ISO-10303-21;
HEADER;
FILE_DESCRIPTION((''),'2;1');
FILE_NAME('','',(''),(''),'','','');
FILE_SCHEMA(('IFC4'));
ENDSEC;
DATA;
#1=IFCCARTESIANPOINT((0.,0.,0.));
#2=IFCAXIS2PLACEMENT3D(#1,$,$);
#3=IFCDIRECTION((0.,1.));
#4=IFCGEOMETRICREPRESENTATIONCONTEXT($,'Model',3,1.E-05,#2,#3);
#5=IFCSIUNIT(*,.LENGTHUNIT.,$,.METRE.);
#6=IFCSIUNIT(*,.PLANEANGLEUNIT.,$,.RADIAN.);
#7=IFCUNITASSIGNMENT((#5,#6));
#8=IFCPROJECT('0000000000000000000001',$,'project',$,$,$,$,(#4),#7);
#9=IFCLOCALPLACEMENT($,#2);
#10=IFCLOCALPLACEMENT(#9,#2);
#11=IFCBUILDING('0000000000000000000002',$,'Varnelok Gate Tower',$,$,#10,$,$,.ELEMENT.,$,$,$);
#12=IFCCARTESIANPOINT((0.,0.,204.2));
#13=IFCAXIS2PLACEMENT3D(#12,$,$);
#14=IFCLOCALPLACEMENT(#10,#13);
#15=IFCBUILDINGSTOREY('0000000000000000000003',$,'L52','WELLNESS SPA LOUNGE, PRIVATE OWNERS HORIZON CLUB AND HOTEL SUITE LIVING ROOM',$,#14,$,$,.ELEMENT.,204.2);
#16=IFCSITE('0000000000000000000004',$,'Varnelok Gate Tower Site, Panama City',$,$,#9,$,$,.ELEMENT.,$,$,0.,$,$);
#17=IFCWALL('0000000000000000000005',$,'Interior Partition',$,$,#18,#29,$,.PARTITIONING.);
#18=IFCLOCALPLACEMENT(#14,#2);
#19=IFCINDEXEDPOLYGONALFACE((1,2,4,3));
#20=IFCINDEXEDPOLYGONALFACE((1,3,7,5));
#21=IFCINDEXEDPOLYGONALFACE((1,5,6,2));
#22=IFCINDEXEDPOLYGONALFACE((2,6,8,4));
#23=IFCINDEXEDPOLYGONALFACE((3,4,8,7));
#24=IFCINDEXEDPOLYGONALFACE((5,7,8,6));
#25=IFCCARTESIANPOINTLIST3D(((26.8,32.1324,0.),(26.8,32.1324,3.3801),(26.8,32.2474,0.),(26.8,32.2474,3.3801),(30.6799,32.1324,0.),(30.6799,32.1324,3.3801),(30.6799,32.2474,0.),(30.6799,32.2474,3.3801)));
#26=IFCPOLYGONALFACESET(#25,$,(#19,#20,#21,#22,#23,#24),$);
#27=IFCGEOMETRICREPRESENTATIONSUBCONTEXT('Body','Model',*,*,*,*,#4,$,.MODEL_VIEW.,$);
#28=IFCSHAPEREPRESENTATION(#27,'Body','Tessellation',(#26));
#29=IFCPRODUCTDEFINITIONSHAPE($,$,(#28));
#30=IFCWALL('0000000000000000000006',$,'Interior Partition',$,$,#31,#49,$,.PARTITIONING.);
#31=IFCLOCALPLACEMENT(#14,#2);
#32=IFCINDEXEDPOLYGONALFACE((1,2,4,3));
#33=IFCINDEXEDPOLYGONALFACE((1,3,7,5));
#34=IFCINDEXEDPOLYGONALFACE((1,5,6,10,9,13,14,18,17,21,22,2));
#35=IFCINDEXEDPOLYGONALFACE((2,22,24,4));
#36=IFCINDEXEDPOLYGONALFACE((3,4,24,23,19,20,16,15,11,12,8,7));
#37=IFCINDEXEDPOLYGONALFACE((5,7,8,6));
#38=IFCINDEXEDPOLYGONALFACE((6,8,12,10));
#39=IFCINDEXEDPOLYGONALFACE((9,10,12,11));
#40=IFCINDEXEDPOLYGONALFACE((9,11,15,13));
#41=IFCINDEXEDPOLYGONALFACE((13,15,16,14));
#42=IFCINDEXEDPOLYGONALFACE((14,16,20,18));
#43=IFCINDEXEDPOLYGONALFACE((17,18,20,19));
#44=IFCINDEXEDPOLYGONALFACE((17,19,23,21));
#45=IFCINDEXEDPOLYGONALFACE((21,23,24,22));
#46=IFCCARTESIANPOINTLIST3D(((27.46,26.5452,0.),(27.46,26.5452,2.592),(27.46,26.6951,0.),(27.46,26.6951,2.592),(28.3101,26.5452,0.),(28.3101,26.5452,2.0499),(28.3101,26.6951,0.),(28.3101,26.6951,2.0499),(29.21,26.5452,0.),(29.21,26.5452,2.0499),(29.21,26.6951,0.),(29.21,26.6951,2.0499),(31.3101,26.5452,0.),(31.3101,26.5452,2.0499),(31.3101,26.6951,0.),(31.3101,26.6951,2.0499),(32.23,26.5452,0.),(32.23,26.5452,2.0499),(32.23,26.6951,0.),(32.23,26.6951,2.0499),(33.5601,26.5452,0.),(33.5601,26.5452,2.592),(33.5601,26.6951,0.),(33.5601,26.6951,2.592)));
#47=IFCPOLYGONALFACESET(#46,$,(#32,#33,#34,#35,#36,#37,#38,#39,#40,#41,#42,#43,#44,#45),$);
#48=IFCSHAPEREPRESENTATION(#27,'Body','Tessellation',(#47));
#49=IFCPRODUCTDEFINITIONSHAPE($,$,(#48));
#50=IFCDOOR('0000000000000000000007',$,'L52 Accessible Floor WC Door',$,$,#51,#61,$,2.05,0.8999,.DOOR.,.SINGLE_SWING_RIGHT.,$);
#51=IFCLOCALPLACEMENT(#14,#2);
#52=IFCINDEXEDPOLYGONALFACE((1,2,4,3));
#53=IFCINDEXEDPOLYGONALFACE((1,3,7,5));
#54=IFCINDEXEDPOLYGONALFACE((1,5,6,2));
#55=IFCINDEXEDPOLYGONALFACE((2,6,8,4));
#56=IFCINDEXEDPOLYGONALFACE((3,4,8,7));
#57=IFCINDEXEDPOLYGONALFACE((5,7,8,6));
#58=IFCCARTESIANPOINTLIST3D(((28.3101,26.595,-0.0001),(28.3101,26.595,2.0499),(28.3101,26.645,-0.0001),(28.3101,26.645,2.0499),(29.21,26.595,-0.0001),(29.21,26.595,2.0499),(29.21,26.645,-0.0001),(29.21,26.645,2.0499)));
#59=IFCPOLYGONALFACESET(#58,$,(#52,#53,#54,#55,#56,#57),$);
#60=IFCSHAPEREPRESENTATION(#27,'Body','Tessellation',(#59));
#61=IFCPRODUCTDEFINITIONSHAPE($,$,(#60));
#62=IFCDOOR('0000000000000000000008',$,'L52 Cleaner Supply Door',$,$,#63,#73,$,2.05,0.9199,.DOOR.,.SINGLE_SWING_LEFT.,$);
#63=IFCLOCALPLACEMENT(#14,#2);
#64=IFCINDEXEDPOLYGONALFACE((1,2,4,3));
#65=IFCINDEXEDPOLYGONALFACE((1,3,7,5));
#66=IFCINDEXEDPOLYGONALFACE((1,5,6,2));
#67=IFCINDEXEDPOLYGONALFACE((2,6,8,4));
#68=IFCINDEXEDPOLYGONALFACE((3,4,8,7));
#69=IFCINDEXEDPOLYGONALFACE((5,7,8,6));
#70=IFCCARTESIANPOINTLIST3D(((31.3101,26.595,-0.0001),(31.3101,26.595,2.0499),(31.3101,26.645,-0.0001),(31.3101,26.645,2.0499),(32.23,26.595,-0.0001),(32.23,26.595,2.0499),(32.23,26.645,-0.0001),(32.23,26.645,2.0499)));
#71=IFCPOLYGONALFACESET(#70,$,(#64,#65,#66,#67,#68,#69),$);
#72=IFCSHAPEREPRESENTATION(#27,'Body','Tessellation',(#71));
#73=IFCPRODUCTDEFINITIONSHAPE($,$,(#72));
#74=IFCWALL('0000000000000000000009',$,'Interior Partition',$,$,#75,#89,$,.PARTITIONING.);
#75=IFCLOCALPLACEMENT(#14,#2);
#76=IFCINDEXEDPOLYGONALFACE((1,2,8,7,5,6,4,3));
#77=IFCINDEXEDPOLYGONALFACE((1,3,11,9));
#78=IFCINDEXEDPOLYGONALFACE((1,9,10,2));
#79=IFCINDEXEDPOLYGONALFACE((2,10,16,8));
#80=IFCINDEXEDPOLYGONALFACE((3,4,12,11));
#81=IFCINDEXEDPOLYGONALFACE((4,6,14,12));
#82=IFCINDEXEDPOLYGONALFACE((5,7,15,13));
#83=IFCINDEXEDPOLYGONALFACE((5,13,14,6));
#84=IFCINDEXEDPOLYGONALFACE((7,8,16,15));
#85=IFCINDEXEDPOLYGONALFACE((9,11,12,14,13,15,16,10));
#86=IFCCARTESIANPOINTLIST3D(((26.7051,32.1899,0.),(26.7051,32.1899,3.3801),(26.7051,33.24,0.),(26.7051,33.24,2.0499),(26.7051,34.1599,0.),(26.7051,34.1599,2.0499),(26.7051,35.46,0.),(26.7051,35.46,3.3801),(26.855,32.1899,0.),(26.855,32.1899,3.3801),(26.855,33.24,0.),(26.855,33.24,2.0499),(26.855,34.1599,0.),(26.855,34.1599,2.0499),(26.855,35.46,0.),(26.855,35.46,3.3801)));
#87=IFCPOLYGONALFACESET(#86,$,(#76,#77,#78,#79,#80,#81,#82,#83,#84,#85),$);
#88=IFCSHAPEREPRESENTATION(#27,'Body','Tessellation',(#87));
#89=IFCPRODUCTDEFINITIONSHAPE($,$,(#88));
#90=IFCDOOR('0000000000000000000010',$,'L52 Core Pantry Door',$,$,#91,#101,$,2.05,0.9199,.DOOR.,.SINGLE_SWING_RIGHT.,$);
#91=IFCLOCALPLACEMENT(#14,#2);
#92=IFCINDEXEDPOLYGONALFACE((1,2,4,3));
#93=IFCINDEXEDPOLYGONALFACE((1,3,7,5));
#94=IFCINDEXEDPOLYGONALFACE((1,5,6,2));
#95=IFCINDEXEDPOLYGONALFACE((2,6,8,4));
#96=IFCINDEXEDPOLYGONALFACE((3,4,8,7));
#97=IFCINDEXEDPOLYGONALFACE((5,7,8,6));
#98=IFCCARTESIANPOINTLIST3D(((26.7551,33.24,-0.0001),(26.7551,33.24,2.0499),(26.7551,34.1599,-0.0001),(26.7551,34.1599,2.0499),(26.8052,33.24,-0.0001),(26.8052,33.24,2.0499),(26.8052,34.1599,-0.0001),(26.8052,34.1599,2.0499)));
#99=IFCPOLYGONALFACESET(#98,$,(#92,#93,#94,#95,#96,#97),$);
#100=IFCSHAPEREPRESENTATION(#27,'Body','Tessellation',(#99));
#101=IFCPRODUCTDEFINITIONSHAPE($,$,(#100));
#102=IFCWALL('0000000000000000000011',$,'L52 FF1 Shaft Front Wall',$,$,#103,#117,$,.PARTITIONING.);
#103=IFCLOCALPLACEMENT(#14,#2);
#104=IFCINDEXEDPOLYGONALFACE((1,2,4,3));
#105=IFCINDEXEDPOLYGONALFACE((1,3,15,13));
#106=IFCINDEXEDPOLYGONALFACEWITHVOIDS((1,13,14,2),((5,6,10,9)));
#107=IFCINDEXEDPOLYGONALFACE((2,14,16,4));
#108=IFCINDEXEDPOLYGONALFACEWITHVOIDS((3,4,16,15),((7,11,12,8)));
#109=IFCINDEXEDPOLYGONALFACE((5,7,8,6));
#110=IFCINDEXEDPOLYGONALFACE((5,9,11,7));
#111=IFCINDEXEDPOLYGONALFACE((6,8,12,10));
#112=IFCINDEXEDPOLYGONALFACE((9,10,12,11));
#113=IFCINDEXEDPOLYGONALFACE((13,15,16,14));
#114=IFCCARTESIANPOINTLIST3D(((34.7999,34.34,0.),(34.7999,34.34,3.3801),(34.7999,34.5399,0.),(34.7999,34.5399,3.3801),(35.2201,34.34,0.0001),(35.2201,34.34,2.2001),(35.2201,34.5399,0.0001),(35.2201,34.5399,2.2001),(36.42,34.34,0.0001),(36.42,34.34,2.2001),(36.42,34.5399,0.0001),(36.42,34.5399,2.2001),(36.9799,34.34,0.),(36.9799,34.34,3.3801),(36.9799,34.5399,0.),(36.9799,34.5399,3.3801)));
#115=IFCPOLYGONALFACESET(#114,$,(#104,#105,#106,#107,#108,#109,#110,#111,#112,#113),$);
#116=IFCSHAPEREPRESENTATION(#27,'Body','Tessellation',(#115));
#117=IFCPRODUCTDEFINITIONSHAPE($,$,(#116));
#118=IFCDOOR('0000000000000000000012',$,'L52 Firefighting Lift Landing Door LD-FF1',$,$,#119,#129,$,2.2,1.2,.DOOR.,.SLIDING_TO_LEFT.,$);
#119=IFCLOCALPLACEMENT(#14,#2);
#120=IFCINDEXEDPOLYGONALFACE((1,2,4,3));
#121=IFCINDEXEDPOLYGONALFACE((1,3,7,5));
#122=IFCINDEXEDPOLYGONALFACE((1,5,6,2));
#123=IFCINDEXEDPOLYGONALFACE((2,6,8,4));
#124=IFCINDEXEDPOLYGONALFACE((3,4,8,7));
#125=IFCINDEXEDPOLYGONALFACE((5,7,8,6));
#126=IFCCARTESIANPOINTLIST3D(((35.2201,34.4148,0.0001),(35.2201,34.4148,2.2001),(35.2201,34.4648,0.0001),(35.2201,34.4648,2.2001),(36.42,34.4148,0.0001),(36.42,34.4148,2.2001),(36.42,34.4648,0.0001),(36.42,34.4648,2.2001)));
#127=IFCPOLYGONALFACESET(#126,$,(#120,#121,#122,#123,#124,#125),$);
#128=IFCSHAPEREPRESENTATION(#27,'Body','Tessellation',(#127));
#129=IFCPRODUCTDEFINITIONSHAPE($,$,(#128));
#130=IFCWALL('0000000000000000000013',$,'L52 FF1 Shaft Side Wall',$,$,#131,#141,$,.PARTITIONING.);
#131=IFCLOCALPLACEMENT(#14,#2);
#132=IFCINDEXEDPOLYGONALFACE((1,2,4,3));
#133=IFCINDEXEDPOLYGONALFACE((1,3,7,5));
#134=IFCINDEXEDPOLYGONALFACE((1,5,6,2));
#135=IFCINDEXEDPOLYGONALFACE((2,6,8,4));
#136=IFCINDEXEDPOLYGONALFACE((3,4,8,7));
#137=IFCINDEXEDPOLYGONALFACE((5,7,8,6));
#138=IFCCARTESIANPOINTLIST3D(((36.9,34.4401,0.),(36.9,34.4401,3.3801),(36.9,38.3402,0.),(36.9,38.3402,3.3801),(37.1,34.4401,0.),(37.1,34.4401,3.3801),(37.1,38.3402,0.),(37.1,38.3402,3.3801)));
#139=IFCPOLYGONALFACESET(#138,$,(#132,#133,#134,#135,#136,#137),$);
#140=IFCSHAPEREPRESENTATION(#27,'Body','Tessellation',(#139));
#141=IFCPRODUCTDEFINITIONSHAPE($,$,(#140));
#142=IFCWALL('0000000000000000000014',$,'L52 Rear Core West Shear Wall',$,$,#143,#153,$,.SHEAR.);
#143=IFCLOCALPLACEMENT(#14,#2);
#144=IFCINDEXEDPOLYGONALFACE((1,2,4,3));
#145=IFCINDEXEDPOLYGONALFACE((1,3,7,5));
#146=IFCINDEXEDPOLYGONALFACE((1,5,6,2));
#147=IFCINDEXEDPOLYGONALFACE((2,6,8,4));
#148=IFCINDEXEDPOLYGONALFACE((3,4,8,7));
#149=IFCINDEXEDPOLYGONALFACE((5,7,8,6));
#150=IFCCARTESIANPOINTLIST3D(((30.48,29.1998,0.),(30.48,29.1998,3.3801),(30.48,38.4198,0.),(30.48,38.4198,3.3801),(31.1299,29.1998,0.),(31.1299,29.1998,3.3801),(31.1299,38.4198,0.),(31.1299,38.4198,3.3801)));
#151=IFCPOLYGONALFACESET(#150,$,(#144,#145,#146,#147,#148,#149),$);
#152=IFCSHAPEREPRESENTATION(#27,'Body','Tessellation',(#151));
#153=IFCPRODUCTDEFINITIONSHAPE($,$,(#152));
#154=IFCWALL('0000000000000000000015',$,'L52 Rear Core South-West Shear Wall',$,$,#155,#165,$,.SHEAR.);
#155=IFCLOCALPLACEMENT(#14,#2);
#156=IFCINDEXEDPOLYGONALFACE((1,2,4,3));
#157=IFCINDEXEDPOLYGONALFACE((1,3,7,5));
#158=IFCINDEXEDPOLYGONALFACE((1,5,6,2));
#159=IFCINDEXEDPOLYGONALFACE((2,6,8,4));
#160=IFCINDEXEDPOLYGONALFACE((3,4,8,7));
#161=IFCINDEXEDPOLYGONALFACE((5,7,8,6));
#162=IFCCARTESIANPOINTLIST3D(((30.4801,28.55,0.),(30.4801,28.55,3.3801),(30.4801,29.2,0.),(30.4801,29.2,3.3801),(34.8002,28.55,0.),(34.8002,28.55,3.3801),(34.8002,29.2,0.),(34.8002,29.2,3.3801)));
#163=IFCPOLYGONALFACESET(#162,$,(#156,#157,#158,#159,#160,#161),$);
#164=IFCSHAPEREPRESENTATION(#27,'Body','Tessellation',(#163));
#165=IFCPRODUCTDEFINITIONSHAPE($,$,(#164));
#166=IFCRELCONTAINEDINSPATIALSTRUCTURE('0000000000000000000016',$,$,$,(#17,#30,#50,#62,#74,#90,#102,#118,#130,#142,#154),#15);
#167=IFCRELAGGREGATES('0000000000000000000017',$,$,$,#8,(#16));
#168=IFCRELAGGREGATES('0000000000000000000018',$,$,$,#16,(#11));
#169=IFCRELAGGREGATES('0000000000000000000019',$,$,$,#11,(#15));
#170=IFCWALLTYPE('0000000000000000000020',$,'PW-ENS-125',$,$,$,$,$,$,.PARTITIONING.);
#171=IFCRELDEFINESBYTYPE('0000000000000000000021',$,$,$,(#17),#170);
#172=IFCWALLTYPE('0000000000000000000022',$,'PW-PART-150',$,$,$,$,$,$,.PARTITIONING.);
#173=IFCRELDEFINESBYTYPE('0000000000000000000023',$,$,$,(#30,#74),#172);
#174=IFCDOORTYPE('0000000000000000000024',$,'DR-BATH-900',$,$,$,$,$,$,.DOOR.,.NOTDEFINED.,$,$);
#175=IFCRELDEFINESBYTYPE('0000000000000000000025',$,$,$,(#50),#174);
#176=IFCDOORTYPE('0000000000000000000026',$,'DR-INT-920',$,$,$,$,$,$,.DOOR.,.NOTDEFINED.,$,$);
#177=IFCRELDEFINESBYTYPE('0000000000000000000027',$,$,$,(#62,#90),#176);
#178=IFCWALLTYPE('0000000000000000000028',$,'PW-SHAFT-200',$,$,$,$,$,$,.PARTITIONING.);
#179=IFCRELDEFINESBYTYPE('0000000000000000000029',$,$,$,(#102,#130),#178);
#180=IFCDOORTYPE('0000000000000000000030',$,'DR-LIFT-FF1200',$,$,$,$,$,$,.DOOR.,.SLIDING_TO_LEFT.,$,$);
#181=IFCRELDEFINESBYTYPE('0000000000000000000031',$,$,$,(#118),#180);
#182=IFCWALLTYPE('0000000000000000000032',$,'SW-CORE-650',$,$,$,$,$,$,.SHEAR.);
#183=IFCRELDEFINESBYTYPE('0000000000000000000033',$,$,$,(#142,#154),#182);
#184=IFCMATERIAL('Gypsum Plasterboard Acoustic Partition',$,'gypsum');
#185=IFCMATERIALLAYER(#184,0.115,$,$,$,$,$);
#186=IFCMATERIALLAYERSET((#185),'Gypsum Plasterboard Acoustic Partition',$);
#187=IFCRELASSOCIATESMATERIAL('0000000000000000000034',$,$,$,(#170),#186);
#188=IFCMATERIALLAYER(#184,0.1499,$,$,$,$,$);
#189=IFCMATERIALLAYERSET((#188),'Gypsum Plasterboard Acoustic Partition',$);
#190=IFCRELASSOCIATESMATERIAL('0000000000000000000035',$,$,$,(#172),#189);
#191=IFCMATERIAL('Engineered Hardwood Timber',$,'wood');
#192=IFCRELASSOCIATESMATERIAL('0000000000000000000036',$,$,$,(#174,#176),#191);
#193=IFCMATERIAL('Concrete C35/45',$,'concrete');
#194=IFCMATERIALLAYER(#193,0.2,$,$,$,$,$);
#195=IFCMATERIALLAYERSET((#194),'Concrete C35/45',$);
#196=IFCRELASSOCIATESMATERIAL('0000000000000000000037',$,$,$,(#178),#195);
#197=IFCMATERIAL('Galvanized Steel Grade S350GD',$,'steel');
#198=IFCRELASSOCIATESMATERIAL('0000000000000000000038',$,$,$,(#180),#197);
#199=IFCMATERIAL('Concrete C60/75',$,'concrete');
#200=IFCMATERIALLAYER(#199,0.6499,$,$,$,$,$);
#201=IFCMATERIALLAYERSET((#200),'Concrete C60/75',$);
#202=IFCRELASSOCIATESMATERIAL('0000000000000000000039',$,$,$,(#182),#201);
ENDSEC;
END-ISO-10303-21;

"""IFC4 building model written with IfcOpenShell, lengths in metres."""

from ifc_helpers import new_model, si_unit, direction, frame, frame_2d, origin, place, context, subcontext, project, spatial, rectangle, extrude, material, layer, layer_set, type_object, element, fill, save


model = new_model("IFC4")

# Units and contexts
model_context = context("Model", 3, precision=1e-05, world=origin(), true_north=direction((0.0, 1.0)))
body_context = subcontext(model_context, "Body", "Model", "MODEL_VIEW")
ifc_project = project(units=[si_unit("LENGTHUNIT", "METRE"), si_unit("PLANEANGLEUNIT", "RADIAN")], contexts=[model_context])

# Site, building, storey
site_placement = place(None, origin())
site = spatial("IfcSite", under=ifc_project, at=site_placement, Name="Varnelok Gate Tower Site, Panama City", CompositionType="ELEMENT", RefElevation=0.0)
building_placement = place(site_placement, origin())
building = spatial("IfcBuilding", under=site, at=building_placement, Name="Varnelok Gate Tower", CompositionType="ELEMENT")
storey_placement = place(building_placement, frame((0.0, 0.0, 204.2)))
storey = spatial("IfcBuildingStorey", under=building, at=storey_placement, Name="L52", Description="WELLNESS SPA LOUNGE, PRIVATE OWNERS HORIZON CLUB AND HOTEL SUITE LIVING ROOM", CompositionType="ELEMENT", Elevation=204.2)

# Shared definitions
ifc_material_1 = material(Name="Concrete C60/75", Category="concrete")

# Wall
ifc_material_2 = material(Name="Gypsum Plasterboard Acoustic Partition", Category="gypsum")
ifc_layer_1 = layer(ifc_material_2, 0.115)
ifc_layer_set_1 = layer_set([ifc_layer_1], Name="Gypsum Plasterboard Acoustic Partition")
wall_type_1 = type_object("IfcWallType", Name="PW-ENS-125", PredefinedType="PARTITIONING", material=ifc_layer_set_1)
wall_1_placement = place(storey_placement, frame((26.8, 32.1899, 0.0), z_axis=(0.0, 0.0, 1.0), x_axis=(1.0, 0.0, 0.0)))
element("IfcWall", 1, at=wall_1_placement, inside=storey, type_object=wall_type_1, Name="Interior Partition", PredefinedType="PARTITIONING", context=body_context, shape_type="SweptSolid", body=[
    extrude(rectangle(XDim=3.8799, YDim=0.115, at=frame_2d((1.9399, 0.0))), origin(), (0.0, 0.0, 1.0), 3.3801),
])

# Wall, openings, doors
ifc_layer_2 = layer(ifc_material_2, 0.1499)
ifc_layer_set_2 = layer_set([ifc_layer_2], Name="Gypsum Plasterboard Acoustic Partition")
wall_type_2 = type_object("IfcWallType", Name="PW-PART-150", PredefinedType="PARTITIONING", material=ifc_layer_set_2)
wall_2_placement = place(storey_placement, frame((27.46, 26.6201, 0.0), z_axis=(0.0, 0.0, 1.0), x_axis=(1.0, 0.0, 0.0)))
wall_2 = element("IfcWall", 2, at=wall_2_placement, inside=storey, type_object=wall_type_2, Name="Interior Partition", PredefinedType="PARTITIONING", context=body_context, shape_type="SweptSolid", body=[
    extrude(rectangle(XDim=6.1001, YDim=0.1499, at=frame_2d((3.05, 0.0))), origin(), (0.0, 0.0, 1.0), 2.592),
])
opening_1_placement = place(wall_2_placement, frame((0.8501, 0.0, 0.0)))
opening_1 = element("IfcOpeningElement", 3, at=opening_1_placement, cuts=wall_2, PredefinedType="OPENING", context=body_context, shape_type="SweptSolid", body=[
    extrude(rectangle(XDim=0.8999, YDim=2.05, at=frame_2d((0.45, 1.0249))), frame((0.0, 0.085, 0.0), z_axis=(0.0, -1.0, 0.0), x_axis=(1.0, 0.0, 0.0)), (0.0, 0.0, 1.0), 0.1699),
])
opening_2_placement = place(wall_2_placement, frame((3.8501, 0.0, 0.0)))
opening_2 = element("IfcOpeningElement", 4, at=opening_2_placement, cuts=wall_2, PredefinedType="OPENING", context=body_context, shape_type="SweptSolid", body=[
    extrude(rectangle(XDim=0.9199, YDim=2.05, at=frame_2d((0.46, 1.0249))), frame((0.0, 0.085, 0.0), z_axis=(0.0, -1.0, 0.0), x_axis=(1.0, 0.0, 0.0)), (0.0, 0.0, 1.0), 0.1699),
])
ifc_material_3 = material(Name="Engineered Hardwood Timber", Category="wood")
door_type_1 = type_object("IfcDoorType", Name="DR-BATH-900", OperationType="NOTDEFINED", PredefinedType="DOOR", material=ifc_material_3)
door_1_placement = place(opening_1_placement, origin())
door_1 = element("IfcDoor", 5, at=door_1_placement, inside=storey, type_object=door_type_1, Name="L52 Accessible Floor WC Door", OperationType="SINGLE_SWING_RIGHT", OverallHeight=2.05, OverallWidth=0.8999, PredefinedType="DOOR", context=body_context, shape_type="SweptSolid", body=[
    extrude(rectangle(XDim=0.8999, YDim=2.05, at=frame_2d((0.45, 1.0249))), frame((0.0, 0.0249, 0.0), z_axis=(0.0, -1.0, 0.0), x_axis=(1.0, 0.0, 0.0)), (0.0, 0.0, 1.0), 0.05),
])
fill(opening_1, door_1)
door_type_2 = type_object("IfcDoorType", Name="DR-INT-920", OperationType="NOTDEFINED", PredefinedType="DOOR", material=ifc_material_3)
door_2_placement = place(opening_2_placement, origin())
door_2 = element("IfcDoor", 6, at=door_2_placement, inside=storey, type_object=door_type_2, Name="L52 Cleaner Supply Door", OperationType="SINGLE_SWING_LEFT", OverallHeight=2.05, OverallWidth=0.9199, PredefinedType="DOOR", context=body_context, shape_type="SweptSolid", body=[
    extrude(rectangle(XDim=0.9199, YDim=2.05, at=frame_2d((0.46, 1.0249))), frame((0.0, 0.0249, 0.0), z_axis=(0.0, -1.0, 0.0), x_axis=(1.0, 0.0, 0.0)), (0.0, 0.0, 1.0), 0.05),
])
fill(opening_2, door_2)

# Walls, openings, doors
wall_3_placement = place(storey_placement, frame((26.78, 32.1899, 0.0), z_axis=(0.0, 0.0, 1.0), x_axis=(0.0, 1.0, 0.0)))
wall_3 = element("IfcWall", 7, at=wall_3_placement, inside=storey, type_object=wall_type_2, Name="Interior Partition", PredefinedType="PARTITIONING", context=body_context, shape_type="SweptSolid", body=[
    extrude(rectangle(XDim=3.27, YDim=0.1499, at=frame_2d((1.635, 0.0))), origin(), (0.0, 0.0, 1.0), 3.3801),
])
opening_3_placement = place(wall_3_placement, frame((1.05, 0.0, 0.0)))
opening_3 = element("IfcOpeningElement", 8, at=opening_3_placement, cuts=wall_3, PredefinedType="OPENING", context=body_context, shape_type="SweptSolid", body=[
    extrude(rectangle(XDim=0.9199, YDim=2.05, at=frame_2d((0.46, 1.0249))), frame((0.0, 0.085, 0.0), z_axis=(0.0, -1.0, 0.0), x_axis=(1.0, 0.0, 0.0)), (0.0, 0.0, 1.0), 0.1699),
])
door_3_placement = place(opening_3_placement, origin())
door_3 = element("IfcDoor", 9, at=door_3_placement, inside=storey, type_object=door_type_2, Name="L52 Core Pantry Door", OperationType="SINGLE_SWING_RIGHT", OverallHeight=2.05, OverallWidth=0.9199, PredefinedType="DOOR", context=body_context, shape_type="SweptSolid", body=[
    extrude(rectangle(XDim=0.9199, YDim=2.05, at=frame_2d((0.46, 1.0249))), frame((0.0, 0.0249, 0.0), z_axis=(0.0, -1.0, 0.0), x_axis=(1.0, 0.0, 0.0)), (0.0, 0.0, 1.0), 0.05),
])
fill(opening_3, door_3)
ifc_material_4 = material(Name="Concrete C35/45", Category="concrete")
ifc_layer_3 = layer(ifc_material_4, 0.2)
ifc_layer_set_3 = layer_set([ifc_layer_3], Name="Concrete C35/45")
wall_type_3 = type_object("IfcWallType", Name="PW-SHAFT-200", PredefinedType="PARTITIONING", material=ifc_layer_set_3)
wall_4_placement = place(storey_placement, frame((34.8, 34.4399, 0.0), z_axis=(0.0, 0.0, 1.0), x_axis=(1.0, 0.0, 0.0)))
wall_4 = element("IfcWall", 10, at=wall_4_placement, inside=storey, type_object=wall_type_3, Name="L52 FF1 Shaft Front Wall", PredefinedType="PARTITIONING", context=body_context, shape_type="SweptSolid", body=[
    extrude(rectangle(XDim=2.1799, YDim=0.2, at=frame_2d((1.0898, 0.0))), origin(), (0.0, 0.0, 1.0), 3.3801),
])
opening_4_placement = place(wall_4_placement, frame((0.4199, 0.0, 0.0)))
opening_4 = element("IfcOpeningElement", 11, at=opening_4_placement, cuts=wall_4, PredefinedType="OPENING", context=body_context, shape_type="SweptSolid", body=[
    extrude(rectangle(XDim=1.2, YDim=2.2, at=frame_2d((0.6001, 1.1001))), frame((0.0, 0.1099, 0.0), z_axis=(0.0, -1.0, 0.0), x_axis=(1.0, 0.0, 0.0)), (0.0, 0.0, 1.0), 0.22),
])
ifc_material_5 = material(Name="Galvanized Steel Grade S350GD", Category="steel")
door_type_3 = type_object("IfcDoorType", Name="DR-LIFT-FF1200", OperationType="SLIDING_TO_LEFT", PredefinedType="DOOR", material=ifc_material_5)
door_4_placement = place(opening_4_placement, origin())
door_4 = element("IfcDoor", 12, at=door_4_placement, inside=storey, type_object=door_type_3, Name="L52 Firefighting Lift Landing Door LD-FF1", OperationType="SLIDING_TO_LEFT", OverallHeight=2.2, OverallWidth=1.2, PredefinedType="DOOR", context=body_context, shape_type="SweptSolid", body=[
    extrude(rectangle(XDim=1.2, YDim=2.2, at=frame_2d((0.6001, 1.1001))), frame((0.0, 0.0249, 0.0), z_axis=(0.0, -1.0, 0.0), x_axis=(1.0, 0.0, 0.0)), (0.0, 0.0, 1.0), 0.05),
])
fill(opening_4, door_4)

# Walls
wall_5_placement = place(storey_placement, frame((37.0, 34.4399, 0.0), z_axis=(0.0, 0.0, 1.0), x_axis=(0.0, 1.0, 0.0)))
element("IfcWall", 13, at=wall_5_placement, inside=storey, type_object=wall_type_3, Name="L52 FF1 Shaft Side Wall", PredefinedType="PARTITIONING", context=body_context, shape_type="SweptSolid", body=[
    extrude(rectangle(XDim=3.9001, YDim=0.2, at=frame_2d((1.9502, 0.0))), origin(), (0.0, 0.0, 1.0), 3.3801),
])
ifc_layer_4 = layer(ifc_material_1, 0.6499)
ifc_layer_set_4 = layer_set([ifc_layer_4], Name="Concrete C60/75")
wall_type_4 = type_object("IfcWallType", Name="SW-CORE-650", PredefinedType="SHEAR", material=ifc_layer_set_4)
wall_6_placement = place(storey_placement, frame((30.8049, 29.2, 0.0), z_axis=(0.0, 0.0, 1.0), x_axis=(0.0, 1.0, 0.0)))
element("IfcWall", 14, at=wall_6_placement, inside=storey, type_object=wall_type_4, Name="L52 Rear Core West Shear Wall", PredefinedType="SHEAR", context=body_context, shape_type="SweptSolid", body=[
    extrude(rectangle(XDim=9.22, YDim=0.6499, at=frame_2d((4.6099, 0.0))), origin(), (0.0, 0.0, 1.0), 3.3801),
])
wall_7_placement = place(storey_placement, frame((30.48, 28.875, 0.0), z_axis=(0.0, 0.0, 1.0), x_axis=(1.0, 0.0, 0.0)))
element("IfcWall", 15, at=wall_7_placement, inside=storey, type_object=wall_type_4, Name="L52 Rear Core South-West Shear Wall", PredefinedType="SHEAR", context=body_context, shape_type="SweptSolid", body=[
    extrude(rectangle(XDim=4.3201, YDim=0.6499, at=frame_2d((2.1602, 0.0))), origin(), (0.0, 0.0, 1.0), 3.3801),
])

save(model, "model.ifc")
